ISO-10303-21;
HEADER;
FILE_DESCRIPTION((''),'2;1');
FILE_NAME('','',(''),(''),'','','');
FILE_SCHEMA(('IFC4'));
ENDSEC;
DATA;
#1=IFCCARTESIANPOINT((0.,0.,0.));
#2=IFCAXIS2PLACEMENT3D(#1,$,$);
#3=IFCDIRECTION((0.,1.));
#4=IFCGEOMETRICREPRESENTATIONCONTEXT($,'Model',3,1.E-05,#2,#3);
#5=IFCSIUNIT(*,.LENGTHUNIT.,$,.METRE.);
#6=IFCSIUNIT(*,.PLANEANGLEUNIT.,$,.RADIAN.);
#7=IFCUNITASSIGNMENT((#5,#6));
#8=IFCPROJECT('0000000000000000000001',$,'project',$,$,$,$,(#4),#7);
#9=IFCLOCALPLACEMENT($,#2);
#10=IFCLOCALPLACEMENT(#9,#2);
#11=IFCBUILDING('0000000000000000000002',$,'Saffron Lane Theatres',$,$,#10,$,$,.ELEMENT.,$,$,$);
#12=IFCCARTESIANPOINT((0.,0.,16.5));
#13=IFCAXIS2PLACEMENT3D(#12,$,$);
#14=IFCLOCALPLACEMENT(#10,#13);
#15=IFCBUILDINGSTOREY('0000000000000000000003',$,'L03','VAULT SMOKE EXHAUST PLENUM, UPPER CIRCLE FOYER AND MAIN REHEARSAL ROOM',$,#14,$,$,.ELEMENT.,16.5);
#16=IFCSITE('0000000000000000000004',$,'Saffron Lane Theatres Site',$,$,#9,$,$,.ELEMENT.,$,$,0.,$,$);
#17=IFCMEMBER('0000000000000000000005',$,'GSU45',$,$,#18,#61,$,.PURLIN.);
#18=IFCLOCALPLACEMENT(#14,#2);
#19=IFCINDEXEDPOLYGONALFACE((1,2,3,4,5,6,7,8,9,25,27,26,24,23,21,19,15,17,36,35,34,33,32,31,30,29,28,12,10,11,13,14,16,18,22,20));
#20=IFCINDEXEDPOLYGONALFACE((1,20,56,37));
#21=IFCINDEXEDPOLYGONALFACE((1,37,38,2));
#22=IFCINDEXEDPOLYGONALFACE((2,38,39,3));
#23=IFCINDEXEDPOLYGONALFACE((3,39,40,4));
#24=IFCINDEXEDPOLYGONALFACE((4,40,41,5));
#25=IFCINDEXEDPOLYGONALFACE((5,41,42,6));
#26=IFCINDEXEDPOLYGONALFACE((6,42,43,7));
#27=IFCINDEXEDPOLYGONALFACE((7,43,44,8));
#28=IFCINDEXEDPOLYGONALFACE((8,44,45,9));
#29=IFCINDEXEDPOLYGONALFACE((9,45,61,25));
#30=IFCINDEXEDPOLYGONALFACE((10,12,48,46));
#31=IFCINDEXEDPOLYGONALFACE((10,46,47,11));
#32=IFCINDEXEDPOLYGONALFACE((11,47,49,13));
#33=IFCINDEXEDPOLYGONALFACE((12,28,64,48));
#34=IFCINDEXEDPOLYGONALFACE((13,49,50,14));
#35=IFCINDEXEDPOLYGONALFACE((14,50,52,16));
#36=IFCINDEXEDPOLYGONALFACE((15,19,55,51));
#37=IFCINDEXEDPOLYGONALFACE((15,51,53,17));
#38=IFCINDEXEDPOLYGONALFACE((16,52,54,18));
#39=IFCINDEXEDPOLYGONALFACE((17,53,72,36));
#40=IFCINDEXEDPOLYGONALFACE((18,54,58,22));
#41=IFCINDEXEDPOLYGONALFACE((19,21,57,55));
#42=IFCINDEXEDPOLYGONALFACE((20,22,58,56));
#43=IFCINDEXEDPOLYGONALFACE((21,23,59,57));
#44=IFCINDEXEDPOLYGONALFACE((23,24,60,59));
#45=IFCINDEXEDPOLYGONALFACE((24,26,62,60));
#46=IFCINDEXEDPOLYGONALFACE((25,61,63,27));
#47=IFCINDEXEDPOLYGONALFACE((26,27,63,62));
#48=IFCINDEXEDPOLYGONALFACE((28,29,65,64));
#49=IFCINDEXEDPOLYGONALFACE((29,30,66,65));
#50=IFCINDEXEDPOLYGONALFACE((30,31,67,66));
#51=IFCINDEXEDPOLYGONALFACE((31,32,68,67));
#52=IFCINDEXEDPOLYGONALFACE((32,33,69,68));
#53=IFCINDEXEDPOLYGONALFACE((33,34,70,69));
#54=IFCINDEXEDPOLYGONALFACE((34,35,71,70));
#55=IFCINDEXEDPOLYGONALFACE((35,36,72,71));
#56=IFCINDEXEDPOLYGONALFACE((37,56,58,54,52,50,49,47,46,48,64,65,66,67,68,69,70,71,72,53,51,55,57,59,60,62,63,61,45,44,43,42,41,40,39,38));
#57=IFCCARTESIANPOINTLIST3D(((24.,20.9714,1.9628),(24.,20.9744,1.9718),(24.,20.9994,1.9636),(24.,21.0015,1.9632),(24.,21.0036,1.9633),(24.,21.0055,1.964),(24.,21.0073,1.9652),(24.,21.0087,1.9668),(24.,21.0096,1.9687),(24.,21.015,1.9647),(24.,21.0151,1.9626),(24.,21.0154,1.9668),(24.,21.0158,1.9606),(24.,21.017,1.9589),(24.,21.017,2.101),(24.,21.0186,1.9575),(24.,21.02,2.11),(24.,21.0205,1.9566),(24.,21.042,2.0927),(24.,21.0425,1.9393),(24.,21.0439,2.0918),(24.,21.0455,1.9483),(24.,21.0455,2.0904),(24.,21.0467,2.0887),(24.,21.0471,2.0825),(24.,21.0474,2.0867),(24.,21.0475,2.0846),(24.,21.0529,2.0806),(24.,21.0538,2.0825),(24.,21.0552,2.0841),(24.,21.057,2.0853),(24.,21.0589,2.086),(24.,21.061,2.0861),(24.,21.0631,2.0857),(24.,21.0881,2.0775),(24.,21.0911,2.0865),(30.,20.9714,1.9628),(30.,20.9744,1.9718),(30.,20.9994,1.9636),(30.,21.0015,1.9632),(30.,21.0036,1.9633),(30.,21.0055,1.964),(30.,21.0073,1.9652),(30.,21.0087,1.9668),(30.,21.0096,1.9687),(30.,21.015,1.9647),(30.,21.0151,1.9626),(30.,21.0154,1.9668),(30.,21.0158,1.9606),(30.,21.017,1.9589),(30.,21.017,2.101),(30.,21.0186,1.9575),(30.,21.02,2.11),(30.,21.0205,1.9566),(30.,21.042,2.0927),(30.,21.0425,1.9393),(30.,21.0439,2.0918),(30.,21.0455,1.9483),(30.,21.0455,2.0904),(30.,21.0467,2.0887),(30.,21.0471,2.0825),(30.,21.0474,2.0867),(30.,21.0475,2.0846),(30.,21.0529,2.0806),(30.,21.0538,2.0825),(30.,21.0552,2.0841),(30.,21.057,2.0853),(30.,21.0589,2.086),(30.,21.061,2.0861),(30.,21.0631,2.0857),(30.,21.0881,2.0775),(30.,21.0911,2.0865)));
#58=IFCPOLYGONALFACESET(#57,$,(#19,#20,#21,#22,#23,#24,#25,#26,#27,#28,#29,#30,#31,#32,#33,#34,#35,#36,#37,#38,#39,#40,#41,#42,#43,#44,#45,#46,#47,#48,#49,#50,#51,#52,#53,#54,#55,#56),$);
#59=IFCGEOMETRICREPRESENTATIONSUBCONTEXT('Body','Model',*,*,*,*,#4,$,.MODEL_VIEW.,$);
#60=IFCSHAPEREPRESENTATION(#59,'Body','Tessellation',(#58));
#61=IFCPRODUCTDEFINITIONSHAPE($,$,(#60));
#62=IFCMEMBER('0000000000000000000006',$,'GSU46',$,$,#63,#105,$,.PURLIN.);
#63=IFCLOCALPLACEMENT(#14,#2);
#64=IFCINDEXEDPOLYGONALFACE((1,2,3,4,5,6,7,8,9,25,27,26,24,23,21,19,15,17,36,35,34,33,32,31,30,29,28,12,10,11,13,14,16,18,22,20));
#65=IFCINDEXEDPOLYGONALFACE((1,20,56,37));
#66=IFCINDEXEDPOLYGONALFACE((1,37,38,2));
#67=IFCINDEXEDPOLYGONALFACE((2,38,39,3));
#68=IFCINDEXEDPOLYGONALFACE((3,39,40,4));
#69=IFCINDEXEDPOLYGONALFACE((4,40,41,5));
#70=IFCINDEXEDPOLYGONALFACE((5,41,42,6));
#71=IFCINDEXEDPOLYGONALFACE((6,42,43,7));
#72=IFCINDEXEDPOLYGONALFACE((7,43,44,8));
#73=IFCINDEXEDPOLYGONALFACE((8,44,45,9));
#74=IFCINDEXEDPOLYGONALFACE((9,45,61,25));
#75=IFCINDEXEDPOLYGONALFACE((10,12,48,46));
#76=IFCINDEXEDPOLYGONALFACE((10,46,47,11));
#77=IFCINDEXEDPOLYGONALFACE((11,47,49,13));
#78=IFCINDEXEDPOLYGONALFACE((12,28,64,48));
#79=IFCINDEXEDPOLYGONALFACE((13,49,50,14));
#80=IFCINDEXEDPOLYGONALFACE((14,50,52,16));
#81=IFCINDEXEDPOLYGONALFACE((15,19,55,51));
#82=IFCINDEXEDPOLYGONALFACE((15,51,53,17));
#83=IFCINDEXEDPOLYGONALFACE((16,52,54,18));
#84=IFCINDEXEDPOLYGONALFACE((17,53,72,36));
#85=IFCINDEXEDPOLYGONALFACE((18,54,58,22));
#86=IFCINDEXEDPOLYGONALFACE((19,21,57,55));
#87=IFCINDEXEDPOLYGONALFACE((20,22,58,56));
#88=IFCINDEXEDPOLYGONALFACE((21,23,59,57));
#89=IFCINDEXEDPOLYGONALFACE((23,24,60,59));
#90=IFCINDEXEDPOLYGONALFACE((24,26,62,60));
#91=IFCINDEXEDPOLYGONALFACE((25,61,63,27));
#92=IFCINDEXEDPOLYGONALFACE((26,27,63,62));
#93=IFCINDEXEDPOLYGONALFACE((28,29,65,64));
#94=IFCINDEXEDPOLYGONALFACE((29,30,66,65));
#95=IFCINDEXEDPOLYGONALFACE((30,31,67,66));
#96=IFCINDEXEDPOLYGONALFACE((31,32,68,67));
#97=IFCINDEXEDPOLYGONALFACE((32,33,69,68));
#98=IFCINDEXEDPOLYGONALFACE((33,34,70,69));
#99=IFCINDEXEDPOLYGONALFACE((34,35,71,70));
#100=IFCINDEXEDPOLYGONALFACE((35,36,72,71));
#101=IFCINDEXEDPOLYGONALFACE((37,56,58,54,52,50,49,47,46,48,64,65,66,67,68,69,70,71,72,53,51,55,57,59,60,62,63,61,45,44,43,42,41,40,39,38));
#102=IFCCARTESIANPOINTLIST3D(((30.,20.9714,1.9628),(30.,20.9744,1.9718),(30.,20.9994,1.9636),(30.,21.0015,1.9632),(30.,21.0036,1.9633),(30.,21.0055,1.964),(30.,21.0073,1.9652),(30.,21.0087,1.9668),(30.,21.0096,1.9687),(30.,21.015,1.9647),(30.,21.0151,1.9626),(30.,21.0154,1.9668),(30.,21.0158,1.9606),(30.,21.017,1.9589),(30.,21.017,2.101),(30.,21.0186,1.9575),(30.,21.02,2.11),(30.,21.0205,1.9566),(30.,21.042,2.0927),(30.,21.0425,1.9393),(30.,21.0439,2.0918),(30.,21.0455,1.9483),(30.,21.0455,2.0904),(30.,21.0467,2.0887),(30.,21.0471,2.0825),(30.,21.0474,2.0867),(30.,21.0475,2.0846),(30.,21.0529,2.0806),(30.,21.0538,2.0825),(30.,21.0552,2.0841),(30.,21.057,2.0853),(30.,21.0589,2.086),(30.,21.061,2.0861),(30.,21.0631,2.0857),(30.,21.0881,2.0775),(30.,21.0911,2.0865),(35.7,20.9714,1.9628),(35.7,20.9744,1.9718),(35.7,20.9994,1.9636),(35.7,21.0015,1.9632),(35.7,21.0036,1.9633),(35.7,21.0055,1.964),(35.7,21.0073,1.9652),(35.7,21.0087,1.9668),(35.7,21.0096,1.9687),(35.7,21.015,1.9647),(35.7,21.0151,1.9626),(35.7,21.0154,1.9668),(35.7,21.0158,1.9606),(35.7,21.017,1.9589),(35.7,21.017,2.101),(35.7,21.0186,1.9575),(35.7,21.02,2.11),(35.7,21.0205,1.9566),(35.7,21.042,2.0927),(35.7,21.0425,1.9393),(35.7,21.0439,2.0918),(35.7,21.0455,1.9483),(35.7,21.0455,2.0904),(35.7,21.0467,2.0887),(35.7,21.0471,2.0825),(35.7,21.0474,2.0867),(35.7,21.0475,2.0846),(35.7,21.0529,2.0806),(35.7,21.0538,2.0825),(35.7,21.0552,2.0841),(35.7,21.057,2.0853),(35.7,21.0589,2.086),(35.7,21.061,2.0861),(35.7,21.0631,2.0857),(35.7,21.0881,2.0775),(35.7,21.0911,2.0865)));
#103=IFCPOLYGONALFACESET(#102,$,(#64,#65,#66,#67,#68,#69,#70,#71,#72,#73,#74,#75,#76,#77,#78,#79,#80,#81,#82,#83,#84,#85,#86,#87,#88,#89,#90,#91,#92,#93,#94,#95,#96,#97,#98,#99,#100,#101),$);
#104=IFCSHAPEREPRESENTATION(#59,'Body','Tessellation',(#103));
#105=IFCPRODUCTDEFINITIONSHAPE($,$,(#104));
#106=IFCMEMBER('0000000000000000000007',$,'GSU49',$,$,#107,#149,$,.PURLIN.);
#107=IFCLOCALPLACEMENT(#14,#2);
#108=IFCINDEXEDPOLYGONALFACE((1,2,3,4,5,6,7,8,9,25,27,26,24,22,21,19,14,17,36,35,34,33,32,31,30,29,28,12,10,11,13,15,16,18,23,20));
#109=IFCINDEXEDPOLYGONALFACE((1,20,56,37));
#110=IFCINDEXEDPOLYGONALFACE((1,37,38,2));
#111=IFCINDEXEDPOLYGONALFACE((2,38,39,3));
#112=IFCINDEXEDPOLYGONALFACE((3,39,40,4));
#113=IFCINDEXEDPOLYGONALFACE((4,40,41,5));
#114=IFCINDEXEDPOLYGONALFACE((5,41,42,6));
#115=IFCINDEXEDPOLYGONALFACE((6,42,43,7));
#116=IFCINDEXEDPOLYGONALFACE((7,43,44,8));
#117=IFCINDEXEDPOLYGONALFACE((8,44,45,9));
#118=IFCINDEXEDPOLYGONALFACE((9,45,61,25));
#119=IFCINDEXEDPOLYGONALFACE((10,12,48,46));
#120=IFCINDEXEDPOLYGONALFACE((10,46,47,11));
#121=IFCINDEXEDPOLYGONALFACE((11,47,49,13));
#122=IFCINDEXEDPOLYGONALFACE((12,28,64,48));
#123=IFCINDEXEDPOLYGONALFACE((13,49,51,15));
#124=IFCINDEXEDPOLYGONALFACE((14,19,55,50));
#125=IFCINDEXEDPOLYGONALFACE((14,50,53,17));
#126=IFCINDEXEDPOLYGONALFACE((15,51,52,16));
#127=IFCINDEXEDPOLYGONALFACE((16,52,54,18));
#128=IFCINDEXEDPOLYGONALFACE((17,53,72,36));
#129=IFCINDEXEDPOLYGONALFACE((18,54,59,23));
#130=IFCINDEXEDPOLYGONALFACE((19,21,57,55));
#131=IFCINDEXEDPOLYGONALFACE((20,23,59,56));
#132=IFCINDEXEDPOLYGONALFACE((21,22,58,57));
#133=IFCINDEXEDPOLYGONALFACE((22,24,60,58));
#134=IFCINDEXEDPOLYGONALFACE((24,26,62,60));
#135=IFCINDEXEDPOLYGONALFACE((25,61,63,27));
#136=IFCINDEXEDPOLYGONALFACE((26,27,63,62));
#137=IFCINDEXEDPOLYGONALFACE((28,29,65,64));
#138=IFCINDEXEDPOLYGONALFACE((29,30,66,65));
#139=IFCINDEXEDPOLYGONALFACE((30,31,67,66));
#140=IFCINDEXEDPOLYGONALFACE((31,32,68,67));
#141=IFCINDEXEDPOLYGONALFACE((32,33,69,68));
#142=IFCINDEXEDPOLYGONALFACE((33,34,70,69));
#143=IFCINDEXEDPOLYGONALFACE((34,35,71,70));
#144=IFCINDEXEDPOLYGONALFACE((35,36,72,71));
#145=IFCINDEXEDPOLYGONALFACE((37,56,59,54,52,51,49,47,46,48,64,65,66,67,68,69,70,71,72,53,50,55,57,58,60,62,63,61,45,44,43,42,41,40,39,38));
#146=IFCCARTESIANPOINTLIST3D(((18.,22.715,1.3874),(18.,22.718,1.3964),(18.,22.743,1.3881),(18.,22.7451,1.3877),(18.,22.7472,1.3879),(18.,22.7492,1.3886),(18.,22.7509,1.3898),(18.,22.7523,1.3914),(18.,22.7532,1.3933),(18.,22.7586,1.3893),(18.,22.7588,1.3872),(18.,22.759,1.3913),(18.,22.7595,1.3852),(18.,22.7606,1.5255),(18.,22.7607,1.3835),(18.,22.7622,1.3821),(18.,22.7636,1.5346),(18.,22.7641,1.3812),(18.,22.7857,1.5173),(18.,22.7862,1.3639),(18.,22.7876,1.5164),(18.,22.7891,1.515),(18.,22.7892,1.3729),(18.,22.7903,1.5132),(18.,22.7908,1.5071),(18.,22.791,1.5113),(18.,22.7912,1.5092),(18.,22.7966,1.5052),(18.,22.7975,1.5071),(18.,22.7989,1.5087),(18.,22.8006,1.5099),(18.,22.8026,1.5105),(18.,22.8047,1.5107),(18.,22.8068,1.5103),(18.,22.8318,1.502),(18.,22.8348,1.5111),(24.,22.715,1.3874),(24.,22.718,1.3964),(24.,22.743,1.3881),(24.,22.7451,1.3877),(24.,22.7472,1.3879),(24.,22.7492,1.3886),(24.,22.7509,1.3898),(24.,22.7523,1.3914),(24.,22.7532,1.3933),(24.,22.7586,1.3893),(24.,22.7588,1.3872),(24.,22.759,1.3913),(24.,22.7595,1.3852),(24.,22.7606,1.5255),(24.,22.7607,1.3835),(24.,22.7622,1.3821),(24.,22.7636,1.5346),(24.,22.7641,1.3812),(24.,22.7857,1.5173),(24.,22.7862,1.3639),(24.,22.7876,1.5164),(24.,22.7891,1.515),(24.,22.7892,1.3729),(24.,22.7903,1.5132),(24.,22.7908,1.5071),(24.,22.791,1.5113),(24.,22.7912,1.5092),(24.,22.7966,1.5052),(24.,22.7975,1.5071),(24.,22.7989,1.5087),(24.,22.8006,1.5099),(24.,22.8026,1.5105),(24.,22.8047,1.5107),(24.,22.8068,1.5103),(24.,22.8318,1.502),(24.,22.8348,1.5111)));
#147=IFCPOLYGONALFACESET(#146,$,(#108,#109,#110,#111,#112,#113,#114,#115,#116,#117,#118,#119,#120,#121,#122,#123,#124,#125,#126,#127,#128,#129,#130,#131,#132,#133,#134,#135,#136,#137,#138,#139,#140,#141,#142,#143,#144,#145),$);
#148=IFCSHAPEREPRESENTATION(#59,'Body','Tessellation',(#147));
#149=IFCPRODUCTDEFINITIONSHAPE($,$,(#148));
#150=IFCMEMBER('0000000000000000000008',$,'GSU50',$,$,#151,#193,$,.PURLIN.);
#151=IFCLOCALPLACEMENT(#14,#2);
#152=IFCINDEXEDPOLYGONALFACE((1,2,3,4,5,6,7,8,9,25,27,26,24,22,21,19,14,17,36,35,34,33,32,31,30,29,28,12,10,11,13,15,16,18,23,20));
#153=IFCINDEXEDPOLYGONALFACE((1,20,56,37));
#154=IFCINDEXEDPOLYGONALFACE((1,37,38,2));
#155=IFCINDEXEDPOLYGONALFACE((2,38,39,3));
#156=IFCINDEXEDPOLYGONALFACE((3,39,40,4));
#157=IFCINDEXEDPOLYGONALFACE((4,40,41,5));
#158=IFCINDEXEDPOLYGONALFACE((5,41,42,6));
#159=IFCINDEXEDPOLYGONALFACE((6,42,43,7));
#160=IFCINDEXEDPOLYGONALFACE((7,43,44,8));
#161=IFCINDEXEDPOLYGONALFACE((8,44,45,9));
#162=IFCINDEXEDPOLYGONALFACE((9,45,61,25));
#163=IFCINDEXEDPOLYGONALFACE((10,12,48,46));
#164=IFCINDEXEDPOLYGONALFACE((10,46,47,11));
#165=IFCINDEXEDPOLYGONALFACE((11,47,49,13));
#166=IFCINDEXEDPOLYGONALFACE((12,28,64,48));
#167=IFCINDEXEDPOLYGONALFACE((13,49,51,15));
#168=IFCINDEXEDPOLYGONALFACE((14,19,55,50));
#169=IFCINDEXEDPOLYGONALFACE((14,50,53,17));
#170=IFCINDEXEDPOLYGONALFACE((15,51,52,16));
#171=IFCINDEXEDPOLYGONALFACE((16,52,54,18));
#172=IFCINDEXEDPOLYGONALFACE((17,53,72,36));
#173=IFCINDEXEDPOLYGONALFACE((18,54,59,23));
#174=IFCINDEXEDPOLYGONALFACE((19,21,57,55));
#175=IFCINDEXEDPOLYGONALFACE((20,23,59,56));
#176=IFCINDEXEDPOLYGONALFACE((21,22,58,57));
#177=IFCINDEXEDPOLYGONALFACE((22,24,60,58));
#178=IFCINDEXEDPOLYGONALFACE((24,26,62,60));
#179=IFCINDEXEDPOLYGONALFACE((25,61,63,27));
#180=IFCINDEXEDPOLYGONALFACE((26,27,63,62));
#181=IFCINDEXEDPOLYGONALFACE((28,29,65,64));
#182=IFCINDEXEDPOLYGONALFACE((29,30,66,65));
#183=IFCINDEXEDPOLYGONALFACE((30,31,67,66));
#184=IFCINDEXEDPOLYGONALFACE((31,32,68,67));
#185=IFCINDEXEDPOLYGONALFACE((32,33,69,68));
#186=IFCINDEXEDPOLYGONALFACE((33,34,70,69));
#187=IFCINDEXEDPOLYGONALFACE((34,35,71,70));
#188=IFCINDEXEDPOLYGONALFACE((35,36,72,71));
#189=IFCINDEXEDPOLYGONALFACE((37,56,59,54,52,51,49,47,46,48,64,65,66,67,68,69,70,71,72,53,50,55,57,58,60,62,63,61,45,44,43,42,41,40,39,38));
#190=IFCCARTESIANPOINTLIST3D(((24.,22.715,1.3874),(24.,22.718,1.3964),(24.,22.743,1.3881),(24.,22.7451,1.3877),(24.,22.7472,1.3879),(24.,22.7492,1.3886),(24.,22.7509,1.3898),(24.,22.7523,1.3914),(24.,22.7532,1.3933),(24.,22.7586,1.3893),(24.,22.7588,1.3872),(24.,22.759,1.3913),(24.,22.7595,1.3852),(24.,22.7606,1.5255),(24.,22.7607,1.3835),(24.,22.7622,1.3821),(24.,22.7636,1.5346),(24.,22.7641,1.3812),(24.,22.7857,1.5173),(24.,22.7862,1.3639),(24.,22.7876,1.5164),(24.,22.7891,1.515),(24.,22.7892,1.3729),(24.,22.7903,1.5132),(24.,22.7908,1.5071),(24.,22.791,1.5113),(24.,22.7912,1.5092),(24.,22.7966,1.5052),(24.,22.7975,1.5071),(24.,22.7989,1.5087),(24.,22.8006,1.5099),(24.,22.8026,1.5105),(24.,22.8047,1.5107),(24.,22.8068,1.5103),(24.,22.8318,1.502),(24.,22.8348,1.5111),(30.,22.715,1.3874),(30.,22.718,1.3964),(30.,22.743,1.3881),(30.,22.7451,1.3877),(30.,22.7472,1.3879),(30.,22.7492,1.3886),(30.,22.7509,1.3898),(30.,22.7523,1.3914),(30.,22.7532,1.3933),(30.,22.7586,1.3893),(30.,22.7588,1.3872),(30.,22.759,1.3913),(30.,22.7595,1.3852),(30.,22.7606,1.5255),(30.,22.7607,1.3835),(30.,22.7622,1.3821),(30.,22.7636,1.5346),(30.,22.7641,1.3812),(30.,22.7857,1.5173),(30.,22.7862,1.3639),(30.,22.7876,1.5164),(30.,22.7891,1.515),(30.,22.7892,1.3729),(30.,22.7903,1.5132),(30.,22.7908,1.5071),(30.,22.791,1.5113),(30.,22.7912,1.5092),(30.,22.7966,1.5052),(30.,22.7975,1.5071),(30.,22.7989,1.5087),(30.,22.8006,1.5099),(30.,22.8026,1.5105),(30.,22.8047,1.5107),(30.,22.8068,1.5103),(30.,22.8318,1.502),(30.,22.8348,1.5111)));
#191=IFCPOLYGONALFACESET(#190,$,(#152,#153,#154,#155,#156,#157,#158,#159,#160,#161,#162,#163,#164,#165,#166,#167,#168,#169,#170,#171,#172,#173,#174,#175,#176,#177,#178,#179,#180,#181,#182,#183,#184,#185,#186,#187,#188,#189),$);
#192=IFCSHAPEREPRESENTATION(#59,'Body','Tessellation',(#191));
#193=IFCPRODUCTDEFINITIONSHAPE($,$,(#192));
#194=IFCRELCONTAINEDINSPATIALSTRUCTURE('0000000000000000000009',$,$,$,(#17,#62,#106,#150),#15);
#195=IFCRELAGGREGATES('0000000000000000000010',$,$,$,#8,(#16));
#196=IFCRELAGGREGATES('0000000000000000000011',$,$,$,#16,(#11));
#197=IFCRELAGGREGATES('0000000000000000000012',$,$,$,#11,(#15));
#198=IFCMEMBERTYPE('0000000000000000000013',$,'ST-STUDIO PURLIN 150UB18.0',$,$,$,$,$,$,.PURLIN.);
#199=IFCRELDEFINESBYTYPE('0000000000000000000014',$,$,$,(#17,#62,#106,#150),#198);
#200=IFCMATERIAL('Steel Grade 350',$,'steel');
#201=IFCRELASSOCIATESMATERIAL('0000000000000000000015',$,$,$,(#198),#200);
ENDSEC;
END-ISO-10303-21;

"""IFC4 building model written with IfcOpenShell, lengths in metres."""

from ifc_helpers import new_model, si_unit, direction, frame, origin, origin_2d, place, context, subcontext, project, spatial, i_section, extrude, material, material_profile, profile_set, type_object, element, save


model = new_model("IFC4")

# Units and contexts
model_context = context("Model", 3, precision=1e-05, world=origin(), true_north=direction((0.0, 1.0)))
body_context = subcontext(model_context, "Body", "Model", "MODEL_VIEW")
ifc_project = project(units=[si_unit("LENGTHUNIT", "METRE"), si_unit("PLANEANGLEUNIT", "RADIAN")], contexts=[model_context])

# Site, building, storey
site_placement = place(None, origin())
site = spatial("IfcSite", under=ifc_project, at=site_placement, Name="Saffron Lane Theatres Site", CompositionType="ELEMENT", RefElevation=0.0)
building_placement = place(site_placement, origin())
building = spatial("IfcBuilding", under=site, at=building_placement, Name="Saffron Lane Theatres", CompositionType="ELEMENT")
storey_placement = place(building_placement, frame((0.0, 0.0, 16.5)))
storey = spatial("IfcBuildingStorey", under=building, at=storey_placement, Name="L03", Description="VAULT SMOKE EXHAUST PLENUM, UPPER CIRCLE FOYER AND MAIN REHEARSAL ROOM", CompositionType="ELEMENT", Elevation=16.5)

# Members
ifc_material_1 = material(Name="Steel Grade 350", Category="steel")
ifc_material_profile_1 = material_profile(ifc_material_1, i_section(OverallWidth=0.075, OverallDepth=0.155, WebThickness=0.0061, FlangeThickness=0.0095, FilletRadius=0.0081, at=origin_2d()))
ifc_profile_set_1 = profile_set([ifc_material_profile_1], Name="Steel Grade 350")
member_type_1 = type_object("IfcMemberType", Name="ST-STUDIO PURLIN 150UB18.0", PredefinedType="PURLIN", material=ifc_profile_set_1)
for number, where, z_axis, x_axis, name in (
    (1, (24.0, 21.0312, 2.0247), (1.0, 0.0, 0.0), (0.0, 0.949629, -0.313377), "GSU45"),
):
    element("IfcMember", number, at=place(storey_placement, frame(where, z_axis=z_axis, x_axis=x_axis)), inside=storey, type_object=member_type_1, Name=name, PredefinedType="PURLIN", context=body_context, shape_type="SweptSolid", body=[
        extrude(i_section(OverallWidth=0.075, OverallDepth=0.155, WebThickness=0.0061, FlangeThickness=0.0095, FilletRadius=0.0081, at=origin_2d()), origin(), (0.0, 0.0, 1.0), 6.0),
    ])
member_1_placement = place(storey_placement, frame((30.0, 21.0312, 2.0247), z_axis=(1.0, 0.0, 0.0), x_axis=(0.0, 0.949629, -0.313377)))
element("IfcMember", 2, at=member_1_placement, inside=storey, type_object=member_type_1, Name="GSU46", PredefinedType="PURLIN", context=body_context, shape_type="SweptSolid", body=[
    extrude(i_section(OverallWidth=0.075, OverallDepth=0.155, WebThickness=0.0061, FlangeThickness=0.0095, FilletRadius=0.0081, at=origin_2d()), origin(), (0.0, 0.0, 1.0), 5.7),
])
for number, where, z_axis, x_axis, name in (
    (3, (18.0, 22.7749, 1.4492), (1.0, 0.0, 0.0), (0.0, 0.949629, -0.313377), "GSU49"),
    (4, (24.0, 22.7749, 1.4492), (1.0, 0.0, 0.0), (0.0, 0.949629, -0.313377), "GSU50"),
):
    element("IfcMember", number, at=place(storey_placement, frame(where, z_axis=z_axis, x_axis=x_axis)), inside=storey, type_object=member_type_1, Name=name, PredefinedType="PURLIN", context=body_context, shape_type="SweptSolid", body=[
        extrude(i_section(OverallWidth=0.075, OverallDepth=0.155, WebThickness=0.0061, FlangeThickness=0.0095, FilletRadius=0.0081, at=origin_2d()), origin(), (0.0, 0.0, 1.0), 6.0),
    ])

save(model, "model.ifc")
